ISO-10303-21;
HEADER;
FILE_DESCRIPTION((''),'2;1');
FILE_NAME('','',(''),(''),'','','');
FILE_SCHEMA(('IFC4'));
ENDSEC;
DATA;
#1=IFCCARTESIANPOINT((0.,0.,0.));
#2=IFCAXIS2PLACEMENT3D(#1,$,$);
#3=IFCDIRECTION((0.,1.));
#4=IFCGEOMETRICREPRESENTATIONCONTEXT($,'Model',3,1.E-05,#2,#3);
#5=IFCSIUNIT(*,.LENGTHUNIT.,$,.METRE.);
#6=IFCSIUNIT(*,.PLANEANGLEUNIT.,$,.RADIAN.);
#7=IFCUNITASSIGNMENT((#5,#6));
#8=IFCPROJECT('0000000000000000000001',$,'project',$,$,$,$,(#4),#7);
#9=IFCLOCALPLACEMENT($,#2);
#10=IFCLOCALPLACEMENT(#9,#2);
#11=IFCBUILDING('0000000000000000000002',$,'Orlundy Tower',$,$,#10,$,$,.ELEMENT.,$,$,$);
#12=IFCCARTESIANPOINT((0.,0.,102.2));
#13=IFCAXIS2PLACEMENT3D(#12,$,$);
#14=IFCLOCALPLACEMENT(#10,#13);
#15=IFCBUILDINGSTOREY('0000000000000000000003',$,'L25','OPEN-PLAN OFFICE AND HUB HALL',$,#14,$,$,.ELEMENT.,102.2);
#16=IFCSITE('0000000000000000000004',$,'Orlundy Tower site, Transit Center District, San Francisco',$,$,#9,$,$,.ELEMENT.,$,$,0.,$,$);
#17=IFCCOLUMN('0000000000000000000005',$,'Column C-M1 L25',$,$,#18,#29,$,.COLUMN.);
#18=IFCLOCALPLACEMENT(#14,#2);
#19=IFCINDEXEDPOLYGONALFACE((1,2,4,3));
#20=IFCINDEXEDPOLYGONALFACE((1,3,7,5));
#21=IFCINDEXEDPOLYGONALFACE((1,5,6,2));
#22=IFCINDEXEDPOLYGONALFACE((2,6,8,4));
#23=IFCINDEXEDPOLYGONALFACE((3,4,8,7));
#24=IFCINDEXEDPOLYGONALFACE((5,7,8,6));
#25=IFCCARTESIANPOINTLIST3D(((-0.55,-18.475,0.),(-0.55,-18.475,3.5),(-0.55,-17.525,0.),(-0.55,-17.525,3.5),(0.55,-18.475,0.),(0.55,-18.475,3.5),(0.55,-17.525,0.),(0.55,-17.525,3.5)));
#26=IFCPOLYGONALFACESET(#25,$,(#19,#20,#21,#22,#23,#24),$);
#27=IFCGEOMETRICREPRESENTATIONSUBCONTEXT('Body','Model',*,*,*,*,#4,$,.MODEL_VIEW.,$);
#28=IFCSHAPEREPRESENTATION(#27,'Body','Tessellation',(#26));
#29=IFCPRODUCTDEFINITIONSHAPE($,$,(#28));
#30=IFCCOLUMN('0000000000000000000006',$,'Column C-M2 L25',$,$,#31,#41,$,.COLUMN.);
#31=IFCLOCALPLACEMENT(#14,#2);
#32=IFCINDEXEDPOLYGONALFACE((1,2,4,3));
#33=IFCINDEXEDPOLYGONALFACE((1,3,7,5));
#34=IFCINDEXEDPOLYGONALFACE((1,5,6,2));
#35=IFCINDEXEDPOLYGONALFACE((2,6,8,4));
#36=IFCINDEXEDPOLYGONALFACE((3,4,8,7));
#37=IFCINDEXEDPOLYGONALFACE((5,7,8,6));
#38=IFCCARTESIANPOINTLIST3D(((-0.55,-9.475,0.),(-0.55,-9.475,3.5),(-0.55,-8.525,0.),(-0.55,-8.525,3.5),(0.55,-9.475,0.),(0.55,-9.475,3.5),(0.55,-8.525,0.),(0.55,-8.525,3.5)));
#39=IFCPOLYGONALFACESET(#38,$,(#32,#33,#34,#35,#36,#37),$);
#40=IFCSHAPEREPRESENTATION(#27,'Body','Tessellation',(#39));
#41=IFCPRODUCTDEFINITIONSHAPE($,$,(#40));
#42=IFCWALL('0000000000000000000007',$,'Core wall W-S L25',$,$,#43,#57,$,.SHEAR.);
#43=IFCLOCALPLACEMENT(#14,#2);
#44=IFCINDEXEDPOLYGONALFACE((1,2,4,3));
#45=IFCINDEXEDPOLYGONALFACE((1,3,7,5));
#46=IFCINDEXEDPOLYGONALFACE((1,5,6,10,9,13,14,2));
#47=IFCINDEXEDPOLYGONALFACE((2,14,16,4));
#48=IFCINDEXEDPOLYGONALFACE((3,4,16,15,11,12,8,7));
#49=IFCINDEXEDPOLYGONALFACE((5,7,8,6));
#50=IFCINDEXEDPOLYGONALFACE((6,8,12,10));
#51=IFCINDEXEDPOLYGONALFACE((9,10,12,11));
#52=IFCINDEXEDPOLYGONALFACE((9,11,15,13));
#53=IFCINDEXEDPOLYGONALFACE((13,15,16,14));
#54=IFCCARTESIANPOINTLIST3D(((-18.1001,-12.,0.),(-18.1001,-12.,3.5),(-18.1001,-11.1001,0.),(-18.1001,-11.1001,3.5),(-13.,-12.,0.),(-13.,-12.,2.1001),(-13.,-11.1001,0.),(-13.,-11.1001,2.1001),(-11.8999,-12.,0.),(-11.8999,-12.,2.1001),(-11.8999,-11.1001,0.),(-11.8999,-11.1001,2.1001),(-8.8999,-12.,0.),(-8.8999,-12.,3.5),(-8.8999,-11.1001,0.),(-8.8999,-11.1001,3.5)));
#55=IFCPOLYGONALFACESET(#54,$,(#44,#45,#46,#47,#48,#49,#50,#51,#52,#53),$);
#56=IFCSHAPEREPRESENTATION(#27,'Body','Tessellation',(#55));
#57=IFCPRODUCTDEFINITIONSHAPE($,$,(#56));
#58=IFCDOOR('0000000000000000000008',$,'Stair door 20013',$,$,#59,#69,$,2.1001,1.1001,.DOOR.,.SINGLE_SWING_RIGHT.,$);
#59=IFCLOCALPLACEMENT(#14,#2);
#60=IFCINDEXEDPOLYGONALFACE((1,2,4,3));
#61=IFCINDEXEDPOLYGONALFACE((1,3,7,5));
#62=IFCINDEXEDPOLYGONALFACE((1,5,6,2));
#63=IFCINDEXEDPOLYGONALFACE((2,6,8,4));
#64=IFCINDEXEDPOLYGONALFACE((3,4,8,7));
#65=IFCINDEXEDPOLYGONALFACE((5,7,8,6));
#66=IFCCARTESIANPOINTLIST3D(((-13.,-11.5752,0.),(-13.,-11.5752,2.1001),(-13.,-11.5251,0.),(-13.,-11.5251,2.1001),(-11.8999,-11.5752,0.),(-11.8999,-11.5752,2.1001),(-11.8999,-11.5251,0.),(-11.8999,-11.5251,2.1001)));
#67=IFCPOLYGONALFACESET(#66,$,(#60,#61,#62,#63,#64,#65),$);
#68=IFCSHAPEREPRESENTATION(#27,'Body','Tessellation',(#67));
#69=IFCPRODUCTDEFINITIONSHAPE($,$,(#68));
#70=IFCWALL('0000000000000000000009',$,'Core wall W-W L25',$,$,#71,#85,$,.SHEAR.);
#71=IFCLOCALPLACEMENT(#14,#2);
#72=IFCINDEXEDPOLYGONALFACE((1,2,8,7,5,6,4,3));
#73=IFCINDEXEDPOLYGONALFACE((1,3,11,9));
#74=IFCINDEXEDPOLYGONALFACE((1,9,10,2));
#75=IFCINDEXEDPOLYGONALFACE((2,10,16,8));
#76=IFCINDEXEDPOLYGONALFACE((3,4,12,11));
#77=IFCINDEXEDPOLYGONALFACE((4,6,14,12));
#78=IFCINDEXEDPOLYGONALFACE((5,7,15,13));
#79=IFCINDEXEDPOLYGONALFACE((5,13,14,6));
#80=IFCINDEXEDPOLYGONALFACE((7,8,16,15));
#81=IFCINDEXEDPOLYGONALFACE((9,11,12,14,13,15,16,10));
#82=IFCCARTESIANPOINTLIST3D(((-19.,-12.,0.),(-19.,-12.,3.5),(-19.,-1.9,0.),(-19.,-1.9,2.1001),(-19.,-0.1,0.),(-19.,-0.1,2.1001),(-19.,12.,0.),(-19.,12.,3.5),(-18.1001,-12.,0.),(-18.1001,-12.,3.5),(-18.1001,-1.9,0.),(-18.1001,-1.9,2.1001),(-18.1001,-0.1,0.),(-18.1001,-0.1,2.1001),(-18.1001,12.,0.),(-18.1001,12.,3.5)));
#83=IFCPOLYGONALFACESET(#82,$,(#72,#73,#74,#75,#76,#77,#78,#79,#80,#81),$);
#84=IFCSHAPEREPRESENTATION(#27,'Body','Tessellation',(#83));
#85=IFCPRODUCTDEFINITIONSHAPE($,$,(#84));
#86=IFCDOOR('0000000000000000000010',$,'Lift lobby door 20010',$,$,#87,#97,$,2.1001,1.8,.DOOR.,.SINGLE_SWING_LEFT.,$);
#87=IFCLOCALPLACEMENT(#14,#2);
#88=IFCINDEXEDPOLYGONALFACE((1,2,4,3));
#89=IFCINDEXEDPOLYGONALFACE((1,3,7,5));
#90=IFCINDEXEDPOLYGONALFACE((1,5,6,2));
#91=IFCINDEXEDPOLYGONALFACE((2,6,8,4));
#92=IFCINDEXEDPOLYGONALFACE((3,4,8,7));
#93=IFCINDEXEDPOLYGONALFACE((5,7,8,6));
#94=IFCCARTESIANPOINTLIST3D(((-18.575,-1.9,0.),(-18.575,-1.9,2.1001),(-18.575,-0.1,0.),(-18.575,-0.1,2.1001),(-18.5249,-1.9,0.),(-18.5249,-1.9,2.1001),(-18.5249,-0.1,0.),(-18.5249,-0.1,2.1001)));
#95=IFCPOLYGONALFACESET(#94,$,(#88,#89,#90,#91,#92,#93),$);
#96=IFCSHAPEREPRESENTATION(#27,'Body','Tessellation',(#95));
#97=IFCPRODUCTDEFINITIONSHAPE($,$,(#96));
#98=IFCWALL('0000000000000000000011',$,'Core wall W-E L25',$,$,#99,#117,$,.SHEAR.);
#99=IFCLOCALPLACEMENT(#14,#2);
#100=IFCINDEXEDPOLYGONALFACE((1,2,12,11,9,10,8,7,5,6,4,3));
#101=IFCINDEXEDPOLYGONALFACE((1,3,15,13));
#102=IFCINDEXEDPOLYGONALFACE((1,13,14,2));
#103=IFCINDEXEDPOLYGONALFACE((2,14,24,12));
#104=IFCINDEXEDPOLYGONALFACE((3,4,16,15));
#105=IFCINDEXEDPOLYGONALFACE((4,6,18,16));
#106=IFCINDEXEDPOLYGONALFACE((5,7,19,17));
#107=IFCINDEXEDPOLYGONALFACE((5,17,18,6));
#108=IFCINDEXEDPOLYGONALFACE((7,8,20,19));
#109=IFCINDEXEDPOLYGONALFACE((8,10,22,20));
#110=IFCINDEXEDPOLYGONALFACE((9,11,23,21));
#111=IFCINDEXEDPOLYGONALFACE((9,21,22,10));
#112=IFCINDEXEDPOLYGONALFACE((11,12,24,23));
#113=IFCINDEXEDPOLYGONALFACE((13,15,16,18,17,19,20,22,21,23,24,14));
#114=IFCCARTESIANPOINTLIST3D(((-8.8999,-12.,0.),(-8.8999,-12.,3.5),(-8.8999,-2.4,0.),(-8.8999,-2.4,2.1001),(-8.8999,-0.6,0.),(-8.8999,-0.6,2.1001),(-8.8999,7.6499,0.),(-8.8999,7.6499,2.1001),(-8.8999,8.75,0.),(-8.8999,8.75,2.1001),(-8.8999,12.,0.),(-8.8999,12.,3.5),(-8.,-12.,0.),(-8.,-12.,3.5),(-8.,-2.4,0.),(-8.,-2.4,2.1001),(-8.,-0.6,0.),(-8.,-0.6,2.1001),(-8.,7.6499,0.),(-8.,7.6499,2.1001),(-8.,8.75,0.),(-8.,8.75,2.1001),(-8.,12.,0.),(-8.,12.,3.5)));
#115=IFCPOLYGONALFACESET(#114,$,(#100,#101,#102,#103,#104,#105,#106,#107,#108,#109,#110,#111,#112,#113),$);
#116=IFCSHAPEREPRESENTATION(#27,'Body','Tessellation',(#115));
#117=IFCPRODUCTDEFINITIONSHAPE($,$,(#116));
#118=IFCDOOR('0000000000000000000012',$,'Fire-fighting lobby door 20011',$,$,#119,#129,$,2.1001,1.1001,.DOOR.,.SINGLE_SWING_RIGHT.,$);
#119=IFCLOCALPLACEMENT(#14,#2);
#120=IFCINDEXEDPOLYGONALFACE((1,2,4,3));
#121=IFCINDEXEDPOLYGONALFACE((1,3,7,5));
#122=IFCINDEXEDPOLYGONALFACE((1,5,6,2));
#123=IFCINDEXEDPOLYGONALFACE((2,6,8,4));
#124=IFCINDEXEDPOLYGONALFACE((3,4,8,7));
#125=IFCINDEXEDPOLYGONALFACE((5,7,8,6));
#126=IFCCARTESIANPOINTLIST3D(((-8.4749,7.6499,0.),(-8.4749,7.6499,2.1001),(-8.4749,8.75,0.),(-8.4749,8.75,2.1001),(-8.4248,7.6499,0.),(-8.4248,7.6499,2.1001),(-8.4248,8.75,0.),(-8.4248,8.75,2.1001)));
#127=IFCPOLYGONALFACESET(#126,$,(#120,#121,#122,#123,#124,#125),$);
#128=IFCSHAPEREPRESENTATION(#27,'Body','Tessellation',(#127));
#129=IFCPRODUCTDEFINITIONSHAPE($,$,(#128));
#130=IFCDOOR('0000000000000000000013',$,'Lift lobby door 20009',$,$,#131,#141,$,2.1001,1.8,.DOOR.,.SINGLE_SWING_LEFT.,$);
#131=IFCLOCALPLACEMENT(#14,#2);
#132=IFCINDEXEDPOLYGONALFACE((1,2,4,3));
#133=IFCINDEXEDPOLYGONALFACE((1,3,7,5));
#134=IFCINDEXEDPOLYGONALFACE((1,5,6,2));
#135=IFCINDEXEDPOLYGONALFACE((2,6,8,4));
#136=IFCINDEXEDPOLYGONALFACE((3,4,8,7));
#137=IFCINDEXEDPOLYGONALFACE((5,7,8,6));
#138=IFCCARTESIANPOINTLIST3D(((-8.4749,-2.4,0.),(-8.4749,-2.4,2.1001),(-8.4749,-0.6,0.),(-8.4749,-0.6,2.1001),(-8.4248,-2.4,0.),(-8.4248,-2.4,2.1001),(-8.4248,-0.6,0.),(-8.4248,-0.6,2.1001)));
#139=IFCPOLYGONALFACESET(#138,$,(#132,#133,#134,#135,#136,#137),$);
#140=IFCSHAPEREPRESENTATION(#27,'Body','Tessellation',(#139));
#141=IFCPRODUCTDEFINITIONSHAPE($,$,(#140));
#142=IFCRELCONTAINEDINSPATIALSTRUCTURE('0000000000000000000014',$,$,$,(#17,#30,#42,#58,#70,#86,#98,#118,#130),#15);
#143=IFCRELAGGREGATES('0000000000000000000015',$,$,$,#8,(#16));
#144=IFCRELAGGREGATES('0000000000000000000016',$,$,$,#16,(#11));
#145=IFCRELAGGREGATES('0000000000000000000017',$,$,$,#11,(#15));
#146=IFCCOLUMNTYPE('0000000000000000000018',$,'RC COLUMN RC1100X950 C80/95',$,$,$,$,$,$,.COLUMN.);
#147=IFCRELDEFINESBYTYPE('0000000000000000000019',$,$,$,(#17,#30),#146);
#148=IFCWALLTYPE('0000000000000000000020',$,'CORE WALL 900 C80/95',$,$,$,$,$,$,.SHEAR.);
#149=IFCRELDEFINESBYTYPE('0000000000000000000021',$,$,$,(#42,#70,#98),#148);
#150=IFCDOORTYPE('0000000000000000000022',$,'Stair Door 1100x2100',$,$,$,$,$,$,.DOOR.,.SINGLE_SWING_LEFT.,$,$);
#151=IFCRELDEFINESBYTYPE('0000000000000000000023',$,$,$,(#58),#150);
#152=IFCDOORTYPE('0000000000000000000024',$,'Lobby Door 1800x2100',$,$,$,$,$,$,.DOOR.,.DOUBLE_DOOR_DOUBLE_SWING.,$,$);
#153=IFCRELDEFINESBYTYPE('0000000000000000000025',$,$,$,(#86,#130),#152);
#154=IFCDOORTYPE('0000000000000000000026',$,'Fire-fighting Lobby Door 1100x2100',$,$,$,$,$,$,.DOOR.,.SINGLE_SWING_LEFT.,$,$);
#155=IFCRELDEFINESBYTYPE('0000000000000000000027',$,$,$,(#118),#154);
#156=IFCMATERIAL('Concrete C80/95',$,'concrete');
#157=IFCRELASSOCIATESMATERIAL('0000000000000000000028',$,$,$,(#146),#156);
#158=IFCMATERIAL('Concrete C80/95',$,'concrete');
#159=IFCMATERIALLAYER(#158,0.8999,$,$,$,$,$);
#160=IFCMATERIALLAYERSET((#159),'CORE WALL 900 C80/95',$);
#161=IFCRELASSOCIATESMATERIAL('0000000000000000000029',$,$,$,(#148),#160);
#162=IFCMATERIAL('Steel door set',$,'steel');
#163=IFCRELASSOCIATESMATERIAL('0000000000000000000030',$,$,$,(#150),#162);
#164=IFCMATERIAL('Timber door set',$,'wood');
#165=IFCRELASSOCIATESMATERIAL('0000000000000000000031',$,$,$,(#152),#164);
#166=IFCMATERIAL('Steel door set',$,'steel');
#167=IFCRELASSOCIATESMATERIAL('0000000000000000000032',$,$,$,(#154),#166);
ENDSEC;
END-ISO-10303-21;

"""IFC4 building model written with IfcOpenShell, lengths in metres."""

from ifc_helpers import new_model, si_unit, direction, frame, frame_2d, origin, origin_2d, place, context, subcontext, project, spatial, rectangle, extrude, material, layer, layer_set, material_profile, profile_set, type_object, element, fill, save


model = new_model("IFC4")

# Units and contexts
model_context = context("Model", 3, precision=1e-05, world=origin(), true_north=direction((0.0, 1.0)))
body_context = subcontext(model_context, "Body", "Model", "MODEL_VIEW")
ifc_project = project(units=[si_unit("LENGTHUNIT", "METRE"), si_unit("PLANEANGLEUNIT", "RADIAN")], contexts=[model_context])

# Site, building, storey
site_placement = place(None, origin())
site = spatial("IfcSite", under=ifc_project, at=site_placement, Name="Orlundy Tower site, Transit Center District, San Francisco", CompositionType="ELEMENT", RefElevation=0.0)
building_placement = place(site_placement, origin())
building = spatial("IfcBuilding", under=site, at=building_placement, Name="Orlundy Tower", CompositionType="ELEMENT")
storey_placement = place(building_placement, frame((0.0, 0.0, 102.2)))
storey = spatial("IfcBuildingStorey", under=building, at=storey_placement, Name="L25", Description="OPEN-PLAN OFFICE AND HUB HALL", CompositionType="ELEMENT", Elevation=102.2)

# Columns
ifc_material_1 = material(Name="Concrete C80/95", Category="concrete")
ifc_material_profile = material_profile(ifc_material_1, rectangle(XDim=1.1001, YDim=0.95, at=origin_2d()), Name="RC1100X950")
ifc_profile_set = profile_set([ifc_material_profile], Name="Concrete C80/95")
column_type = type_object("IfcColumnType", Name="RC COLUMN RC1100X950 C80/95", PredefinedType="COLUMN", material=ifc_profile_set)
for number, where, z_axis, x_axis, name in (
    (1, (0.0, -18.0, 0.0), (0.0, 0.0, 1.0), (1.0, 0.0, 0.0), "Column C-M1 L25"),
    (2, (0.0, -9.0, 0.0), (0.0, 0.0, 1.0), (1.0, 0.0, 0.0), "Column C-M2 L25"),
):
    element("IfcColumn", number, at=place(storey_placement, frame(where, z_axis=z_axis, x_axis=x_axis)), inside=storey, type_object=column_type, Name=name, PredefinedType="COLUMN", context=body_context, shape_type="SweptSolid", body=[
        extrude(rectangle(XDim=1.1001, YDim=0.95, at=origin_2d()), origin(), (0.0, 0.0, 1.0), 3.5),
    ])

# Walls, openings, doors
ifc_material_2 = material(Name="Concrete C80/95", Category="concrete")
ifc_layer_1 = layer(ifc_material_2, 0.8999)
ifc_layer_set_1 = layer_set([ifc_layer_1], Name="CORE WALL 900 C80/95")
wall_type_1 = type_object("IfcWallType", Name="CORE WALL 900 C80/95", PredefinedType="SHEAR", material=ifc_layer_set_1)
wall_1_placement = place(storey_placement, frame((-18.1001, -11.55, 0.0), z_axis=(0.0, 0.0, 1.0), x_axis=(1.0, 0.0, 0.0)))
wall_1 = element("IfcWall", 3, at=wall_1_placement, inside=storey, type_object=wall_type_1, Name="Core wall W-S L25", PredefinedType="SHEAR", context=body_context, shape_type="SweptSolid", body=[
    extrude(rectangle(XDim=9.2002, YDim=0.8999, at=frame_2d((4.6001, 0.0))), origin(), (0.0, 0.0, 1.0), 3.5),
])
opening_1_placement = place(wall_1_placement, frame((5.1001, 0.0, 0.0)))
opening_1 = element("IfcOpeningElement", 4, at=opening_1_placement, cuts=wall_1, PredefinedType="OPENING", context=body_context, shape_type="SweptSolid", body=[
    extrude(rectangle(XDim=1.1001, YDim=2.1001, at=frame_2d((0.55, 1.05))), frame((0.0, 0.46, 0.0), z_axis=(0.0, -1.0, 0.0), x_axis=(1.0, 0.0, 0.0)), (0.0, 0.0, 1.0), 0.9199),
])
ifc_material_3 = material(Name="Steel door set", Category="steel")
door_type_1 = type_object("IfcDoorType", Name="Stair Door 1100x2100", OperationType="SINGLE_SWING_LEFT", PredefinedType="DOOR", material=ifc_material_3)
door_1_placement = place(opening_1_placement, origin())
door_1 = element("IfcDoor", 5, at=door_1_placement, inside=storey, type_object=door_type_1, Name="Stair door 20013", OperationType="SINGLE_SWING_RIGHT", OverallHeight=2.1001, OverallWidth=1.1001, PredefinedType="DOOR", context=body_context, shape_type="SweptSolid", body=[
    extrude(rectangle(XDim=1.1001, YDim=2.1001, at=frame_2d((0.55, 1.05))), frame((0.0, 0.0249, 0.0), z_axis=(0.0, -1.0, 0.0), x_axis=(1.0, 0.0, 0.0)), (0.0, 0.0, 1.0), 0.05),
])
fill(opening_1, door_1)
wall_2_placement = place(storey_placement, frame((-18.55, -12.0, 0.0), z_axis=(0.0, 0.0, 1.0), x_axis=(0.0, 1.0, 0.0)))
wall_2 = element("IfcWall", 6, at=wall_2_placement, inside=storey, type_object=wall_type_1, Name="Core wall W-W L25", PredefinedType="SHEAR", context=body_context, shape_type="SweptSolid", body=[
    extrude(rectangle(XDim=24.0, YDim=0.8999, at=frame_2d((12.0, 0.0))), origin(), (0.0, 0.0, 1.0), 3.5),
])
opening_2_placement = place(wall_2_placement, frame((10.1001, 0.0, 0.0)))
opening_2 = element("IfcOpeningElement", 7, at=opening_2_placement, cuts=wall_2, PredefinedType="OPENING", context=body_context, shape_type="SweptSolid", body=[
    extrude(rectangle(XDim=1.8, YDim=2.1001, at=frame_2d((0.8999, 1.05))), frame((0.0, 0.46, 0.0), z_axis=(0.0, -1.0, 0.0), x_axis=(1.0, 0.0, 0.0)), (0.0, 0.0, 1.0), 0.9199),
])
ifc_material_4 = material(Name="Timber door set", Category="wood")
door_type_2 = type_object("IfcDoorType", Name="Lobby Door 1800x2100", OperationType="DOUBLE_DOOR_DOUBLE_SWING", PredefinedType="DOOR", material=ifc_material_4)
door_2_placement = place(opening_2_placement, origin())
door_2 = element("IfcDoor", 8, at=door_2_placement, inside=storey, type_object=door_type_2, Name="Lift lobby door 20010", OperationType="SINGLE_SWING_LEFT", OverallHeight=2.1001, OverallWidth=1.8, PredefinedType="DOOR", context=body_context, shape_type="SweptSolid", body=[
    extrude(rectangle(XDim=1.8, YDim=2.1001, at=frame_2d((0.8999, 1.05))), frame((0.0, 0.0249, 0.0), z_axis=(0.0, -1.0, 0.0), x_axis=(1.0, 0.0, 0.0)), (0.0, 0.0, 1.0), 0.05),
])
fill(opening_2, door_2)

# Wall, openings, doors
wall_3_placement = place(storey_placement, frame((-8.45, -12.0, 0.0), z_axis=(0.0, 0.0, 1.0), x_axis=(0.0, 1.0, 0.0)))
wall_3 = element("IfcWall", 9, at=wall_3_placement, inside=storey, type_object=wall_type_1, Name="Core wall W-E L25", PredefinedType="SHEAR", context=body_context, shape_type="SweptSolid", body=[
    extrude(rectangle(XDim=24.0, YDim=0.8999, at=frame_2d((12.0, 0.0))), origin(), (0.0, 0.0, 1.0), 3.5),
])
opening_3_placement = place(wall_3_placement, frame((9.6001, 0.0, 0.0)))
opening_3 = element("IfcOpeningElement", 10, at=opening_3_placement, cuts=wall_3, PredefinedType="OPENING", context=body_context, shape_type="SweptSolid", body=[
    extrude(rectangle(XDim=1.8, YDim=2.1001, at=frame_2d((0.8999, 1.05))), frame((0.0, 0.46, 0.0), z_axis=(0.0, -1.0, 0.0), x_axis=(1.0, 0.0, 0.0)), (0.0, 0.0, 1.0), 0.9199),
])
opening_4_placement = place(wall_3_placement, frame((19.6499, 0.0, 0.0)))
opening_4 = element("IfcOpeningElement", 11, at=opening_4_placement, cuts=wall_3, PredefinedType="OPENING", context=body_context, shape_type="SweptSolid", body=[
    extrude(rectangle(XDim=1.1001, YDim=2.1001, at=frame_2d((0.55, 1.05))), frame((0.0, 0.46, 0.0), z_axis=(0.0, -1.0, 0.0), x_axis=(1.0, 0.0, 0.0)), (0.0, 0.0, 1.0), 0.9199),
])
ifc_material_5 = material(Name="Steel door set", Category="steel")
door_type_3 = type_object("IfcDoorType", Name="Fire-fighting Lobby Door 1100x2100", OperationType="SINGLE_SWING_LEFT", PredefinedType="DOOR", material=ifc_material_5)
door_3_placement = place(opening_4_placement, origin())
door_3 = element("IfcDoor", 12, at=door_3_placement, inside=storey, type_object=door_type_3, Name="Fire-fighting lobby door 20011", OperationType="SINGLE_SWING_RIGHT", OverallHeight=2.1001, OverallWidth=1.1001, PredefinedType="DOOR", context=body_context, shape_type="SweptSolid", body=[
    extrude(rectangle(XDim=1.1001, YDim=2.1001, at=frame_2d((0.55, 1.05))), frame((0.0, 0.0249, 0.0), z_axis=(0.0, -1.0, 0.0), x_axis=(1.0, 0.0, 0.0)), (0.0, 0.0, 1.0), 0.05),
])
fill(opening_4, door_3)
door_4_placement = place(opening_3_placement, origin())
door_4 = element("IfcDoor", 13, at=door_4_placement, inside=storey, type_object=door_type_2, Name="Lift lobby door 20009", OperationType="SINGLE_SWING_LEFT", OverallHeight=2.1001, OverallWidth=1.8, PredefinedType="DOOR", context=body_context, shape_type="SweptSolid", body=[
    extrude(rectangle(XDim=1.8, YDim=2.1001, at=frame_2d((0.8999, 1.05))), frame((0.0, 0.0249, 0.0), z_axis=(0.0, -1.0, 0.0), x_axis=(1.0, 0.0, 0.0)), (0.0, 0.0, 1.0), 0.05),
])
fill(opening_3, door_4)

save(model, "model.ifc")
